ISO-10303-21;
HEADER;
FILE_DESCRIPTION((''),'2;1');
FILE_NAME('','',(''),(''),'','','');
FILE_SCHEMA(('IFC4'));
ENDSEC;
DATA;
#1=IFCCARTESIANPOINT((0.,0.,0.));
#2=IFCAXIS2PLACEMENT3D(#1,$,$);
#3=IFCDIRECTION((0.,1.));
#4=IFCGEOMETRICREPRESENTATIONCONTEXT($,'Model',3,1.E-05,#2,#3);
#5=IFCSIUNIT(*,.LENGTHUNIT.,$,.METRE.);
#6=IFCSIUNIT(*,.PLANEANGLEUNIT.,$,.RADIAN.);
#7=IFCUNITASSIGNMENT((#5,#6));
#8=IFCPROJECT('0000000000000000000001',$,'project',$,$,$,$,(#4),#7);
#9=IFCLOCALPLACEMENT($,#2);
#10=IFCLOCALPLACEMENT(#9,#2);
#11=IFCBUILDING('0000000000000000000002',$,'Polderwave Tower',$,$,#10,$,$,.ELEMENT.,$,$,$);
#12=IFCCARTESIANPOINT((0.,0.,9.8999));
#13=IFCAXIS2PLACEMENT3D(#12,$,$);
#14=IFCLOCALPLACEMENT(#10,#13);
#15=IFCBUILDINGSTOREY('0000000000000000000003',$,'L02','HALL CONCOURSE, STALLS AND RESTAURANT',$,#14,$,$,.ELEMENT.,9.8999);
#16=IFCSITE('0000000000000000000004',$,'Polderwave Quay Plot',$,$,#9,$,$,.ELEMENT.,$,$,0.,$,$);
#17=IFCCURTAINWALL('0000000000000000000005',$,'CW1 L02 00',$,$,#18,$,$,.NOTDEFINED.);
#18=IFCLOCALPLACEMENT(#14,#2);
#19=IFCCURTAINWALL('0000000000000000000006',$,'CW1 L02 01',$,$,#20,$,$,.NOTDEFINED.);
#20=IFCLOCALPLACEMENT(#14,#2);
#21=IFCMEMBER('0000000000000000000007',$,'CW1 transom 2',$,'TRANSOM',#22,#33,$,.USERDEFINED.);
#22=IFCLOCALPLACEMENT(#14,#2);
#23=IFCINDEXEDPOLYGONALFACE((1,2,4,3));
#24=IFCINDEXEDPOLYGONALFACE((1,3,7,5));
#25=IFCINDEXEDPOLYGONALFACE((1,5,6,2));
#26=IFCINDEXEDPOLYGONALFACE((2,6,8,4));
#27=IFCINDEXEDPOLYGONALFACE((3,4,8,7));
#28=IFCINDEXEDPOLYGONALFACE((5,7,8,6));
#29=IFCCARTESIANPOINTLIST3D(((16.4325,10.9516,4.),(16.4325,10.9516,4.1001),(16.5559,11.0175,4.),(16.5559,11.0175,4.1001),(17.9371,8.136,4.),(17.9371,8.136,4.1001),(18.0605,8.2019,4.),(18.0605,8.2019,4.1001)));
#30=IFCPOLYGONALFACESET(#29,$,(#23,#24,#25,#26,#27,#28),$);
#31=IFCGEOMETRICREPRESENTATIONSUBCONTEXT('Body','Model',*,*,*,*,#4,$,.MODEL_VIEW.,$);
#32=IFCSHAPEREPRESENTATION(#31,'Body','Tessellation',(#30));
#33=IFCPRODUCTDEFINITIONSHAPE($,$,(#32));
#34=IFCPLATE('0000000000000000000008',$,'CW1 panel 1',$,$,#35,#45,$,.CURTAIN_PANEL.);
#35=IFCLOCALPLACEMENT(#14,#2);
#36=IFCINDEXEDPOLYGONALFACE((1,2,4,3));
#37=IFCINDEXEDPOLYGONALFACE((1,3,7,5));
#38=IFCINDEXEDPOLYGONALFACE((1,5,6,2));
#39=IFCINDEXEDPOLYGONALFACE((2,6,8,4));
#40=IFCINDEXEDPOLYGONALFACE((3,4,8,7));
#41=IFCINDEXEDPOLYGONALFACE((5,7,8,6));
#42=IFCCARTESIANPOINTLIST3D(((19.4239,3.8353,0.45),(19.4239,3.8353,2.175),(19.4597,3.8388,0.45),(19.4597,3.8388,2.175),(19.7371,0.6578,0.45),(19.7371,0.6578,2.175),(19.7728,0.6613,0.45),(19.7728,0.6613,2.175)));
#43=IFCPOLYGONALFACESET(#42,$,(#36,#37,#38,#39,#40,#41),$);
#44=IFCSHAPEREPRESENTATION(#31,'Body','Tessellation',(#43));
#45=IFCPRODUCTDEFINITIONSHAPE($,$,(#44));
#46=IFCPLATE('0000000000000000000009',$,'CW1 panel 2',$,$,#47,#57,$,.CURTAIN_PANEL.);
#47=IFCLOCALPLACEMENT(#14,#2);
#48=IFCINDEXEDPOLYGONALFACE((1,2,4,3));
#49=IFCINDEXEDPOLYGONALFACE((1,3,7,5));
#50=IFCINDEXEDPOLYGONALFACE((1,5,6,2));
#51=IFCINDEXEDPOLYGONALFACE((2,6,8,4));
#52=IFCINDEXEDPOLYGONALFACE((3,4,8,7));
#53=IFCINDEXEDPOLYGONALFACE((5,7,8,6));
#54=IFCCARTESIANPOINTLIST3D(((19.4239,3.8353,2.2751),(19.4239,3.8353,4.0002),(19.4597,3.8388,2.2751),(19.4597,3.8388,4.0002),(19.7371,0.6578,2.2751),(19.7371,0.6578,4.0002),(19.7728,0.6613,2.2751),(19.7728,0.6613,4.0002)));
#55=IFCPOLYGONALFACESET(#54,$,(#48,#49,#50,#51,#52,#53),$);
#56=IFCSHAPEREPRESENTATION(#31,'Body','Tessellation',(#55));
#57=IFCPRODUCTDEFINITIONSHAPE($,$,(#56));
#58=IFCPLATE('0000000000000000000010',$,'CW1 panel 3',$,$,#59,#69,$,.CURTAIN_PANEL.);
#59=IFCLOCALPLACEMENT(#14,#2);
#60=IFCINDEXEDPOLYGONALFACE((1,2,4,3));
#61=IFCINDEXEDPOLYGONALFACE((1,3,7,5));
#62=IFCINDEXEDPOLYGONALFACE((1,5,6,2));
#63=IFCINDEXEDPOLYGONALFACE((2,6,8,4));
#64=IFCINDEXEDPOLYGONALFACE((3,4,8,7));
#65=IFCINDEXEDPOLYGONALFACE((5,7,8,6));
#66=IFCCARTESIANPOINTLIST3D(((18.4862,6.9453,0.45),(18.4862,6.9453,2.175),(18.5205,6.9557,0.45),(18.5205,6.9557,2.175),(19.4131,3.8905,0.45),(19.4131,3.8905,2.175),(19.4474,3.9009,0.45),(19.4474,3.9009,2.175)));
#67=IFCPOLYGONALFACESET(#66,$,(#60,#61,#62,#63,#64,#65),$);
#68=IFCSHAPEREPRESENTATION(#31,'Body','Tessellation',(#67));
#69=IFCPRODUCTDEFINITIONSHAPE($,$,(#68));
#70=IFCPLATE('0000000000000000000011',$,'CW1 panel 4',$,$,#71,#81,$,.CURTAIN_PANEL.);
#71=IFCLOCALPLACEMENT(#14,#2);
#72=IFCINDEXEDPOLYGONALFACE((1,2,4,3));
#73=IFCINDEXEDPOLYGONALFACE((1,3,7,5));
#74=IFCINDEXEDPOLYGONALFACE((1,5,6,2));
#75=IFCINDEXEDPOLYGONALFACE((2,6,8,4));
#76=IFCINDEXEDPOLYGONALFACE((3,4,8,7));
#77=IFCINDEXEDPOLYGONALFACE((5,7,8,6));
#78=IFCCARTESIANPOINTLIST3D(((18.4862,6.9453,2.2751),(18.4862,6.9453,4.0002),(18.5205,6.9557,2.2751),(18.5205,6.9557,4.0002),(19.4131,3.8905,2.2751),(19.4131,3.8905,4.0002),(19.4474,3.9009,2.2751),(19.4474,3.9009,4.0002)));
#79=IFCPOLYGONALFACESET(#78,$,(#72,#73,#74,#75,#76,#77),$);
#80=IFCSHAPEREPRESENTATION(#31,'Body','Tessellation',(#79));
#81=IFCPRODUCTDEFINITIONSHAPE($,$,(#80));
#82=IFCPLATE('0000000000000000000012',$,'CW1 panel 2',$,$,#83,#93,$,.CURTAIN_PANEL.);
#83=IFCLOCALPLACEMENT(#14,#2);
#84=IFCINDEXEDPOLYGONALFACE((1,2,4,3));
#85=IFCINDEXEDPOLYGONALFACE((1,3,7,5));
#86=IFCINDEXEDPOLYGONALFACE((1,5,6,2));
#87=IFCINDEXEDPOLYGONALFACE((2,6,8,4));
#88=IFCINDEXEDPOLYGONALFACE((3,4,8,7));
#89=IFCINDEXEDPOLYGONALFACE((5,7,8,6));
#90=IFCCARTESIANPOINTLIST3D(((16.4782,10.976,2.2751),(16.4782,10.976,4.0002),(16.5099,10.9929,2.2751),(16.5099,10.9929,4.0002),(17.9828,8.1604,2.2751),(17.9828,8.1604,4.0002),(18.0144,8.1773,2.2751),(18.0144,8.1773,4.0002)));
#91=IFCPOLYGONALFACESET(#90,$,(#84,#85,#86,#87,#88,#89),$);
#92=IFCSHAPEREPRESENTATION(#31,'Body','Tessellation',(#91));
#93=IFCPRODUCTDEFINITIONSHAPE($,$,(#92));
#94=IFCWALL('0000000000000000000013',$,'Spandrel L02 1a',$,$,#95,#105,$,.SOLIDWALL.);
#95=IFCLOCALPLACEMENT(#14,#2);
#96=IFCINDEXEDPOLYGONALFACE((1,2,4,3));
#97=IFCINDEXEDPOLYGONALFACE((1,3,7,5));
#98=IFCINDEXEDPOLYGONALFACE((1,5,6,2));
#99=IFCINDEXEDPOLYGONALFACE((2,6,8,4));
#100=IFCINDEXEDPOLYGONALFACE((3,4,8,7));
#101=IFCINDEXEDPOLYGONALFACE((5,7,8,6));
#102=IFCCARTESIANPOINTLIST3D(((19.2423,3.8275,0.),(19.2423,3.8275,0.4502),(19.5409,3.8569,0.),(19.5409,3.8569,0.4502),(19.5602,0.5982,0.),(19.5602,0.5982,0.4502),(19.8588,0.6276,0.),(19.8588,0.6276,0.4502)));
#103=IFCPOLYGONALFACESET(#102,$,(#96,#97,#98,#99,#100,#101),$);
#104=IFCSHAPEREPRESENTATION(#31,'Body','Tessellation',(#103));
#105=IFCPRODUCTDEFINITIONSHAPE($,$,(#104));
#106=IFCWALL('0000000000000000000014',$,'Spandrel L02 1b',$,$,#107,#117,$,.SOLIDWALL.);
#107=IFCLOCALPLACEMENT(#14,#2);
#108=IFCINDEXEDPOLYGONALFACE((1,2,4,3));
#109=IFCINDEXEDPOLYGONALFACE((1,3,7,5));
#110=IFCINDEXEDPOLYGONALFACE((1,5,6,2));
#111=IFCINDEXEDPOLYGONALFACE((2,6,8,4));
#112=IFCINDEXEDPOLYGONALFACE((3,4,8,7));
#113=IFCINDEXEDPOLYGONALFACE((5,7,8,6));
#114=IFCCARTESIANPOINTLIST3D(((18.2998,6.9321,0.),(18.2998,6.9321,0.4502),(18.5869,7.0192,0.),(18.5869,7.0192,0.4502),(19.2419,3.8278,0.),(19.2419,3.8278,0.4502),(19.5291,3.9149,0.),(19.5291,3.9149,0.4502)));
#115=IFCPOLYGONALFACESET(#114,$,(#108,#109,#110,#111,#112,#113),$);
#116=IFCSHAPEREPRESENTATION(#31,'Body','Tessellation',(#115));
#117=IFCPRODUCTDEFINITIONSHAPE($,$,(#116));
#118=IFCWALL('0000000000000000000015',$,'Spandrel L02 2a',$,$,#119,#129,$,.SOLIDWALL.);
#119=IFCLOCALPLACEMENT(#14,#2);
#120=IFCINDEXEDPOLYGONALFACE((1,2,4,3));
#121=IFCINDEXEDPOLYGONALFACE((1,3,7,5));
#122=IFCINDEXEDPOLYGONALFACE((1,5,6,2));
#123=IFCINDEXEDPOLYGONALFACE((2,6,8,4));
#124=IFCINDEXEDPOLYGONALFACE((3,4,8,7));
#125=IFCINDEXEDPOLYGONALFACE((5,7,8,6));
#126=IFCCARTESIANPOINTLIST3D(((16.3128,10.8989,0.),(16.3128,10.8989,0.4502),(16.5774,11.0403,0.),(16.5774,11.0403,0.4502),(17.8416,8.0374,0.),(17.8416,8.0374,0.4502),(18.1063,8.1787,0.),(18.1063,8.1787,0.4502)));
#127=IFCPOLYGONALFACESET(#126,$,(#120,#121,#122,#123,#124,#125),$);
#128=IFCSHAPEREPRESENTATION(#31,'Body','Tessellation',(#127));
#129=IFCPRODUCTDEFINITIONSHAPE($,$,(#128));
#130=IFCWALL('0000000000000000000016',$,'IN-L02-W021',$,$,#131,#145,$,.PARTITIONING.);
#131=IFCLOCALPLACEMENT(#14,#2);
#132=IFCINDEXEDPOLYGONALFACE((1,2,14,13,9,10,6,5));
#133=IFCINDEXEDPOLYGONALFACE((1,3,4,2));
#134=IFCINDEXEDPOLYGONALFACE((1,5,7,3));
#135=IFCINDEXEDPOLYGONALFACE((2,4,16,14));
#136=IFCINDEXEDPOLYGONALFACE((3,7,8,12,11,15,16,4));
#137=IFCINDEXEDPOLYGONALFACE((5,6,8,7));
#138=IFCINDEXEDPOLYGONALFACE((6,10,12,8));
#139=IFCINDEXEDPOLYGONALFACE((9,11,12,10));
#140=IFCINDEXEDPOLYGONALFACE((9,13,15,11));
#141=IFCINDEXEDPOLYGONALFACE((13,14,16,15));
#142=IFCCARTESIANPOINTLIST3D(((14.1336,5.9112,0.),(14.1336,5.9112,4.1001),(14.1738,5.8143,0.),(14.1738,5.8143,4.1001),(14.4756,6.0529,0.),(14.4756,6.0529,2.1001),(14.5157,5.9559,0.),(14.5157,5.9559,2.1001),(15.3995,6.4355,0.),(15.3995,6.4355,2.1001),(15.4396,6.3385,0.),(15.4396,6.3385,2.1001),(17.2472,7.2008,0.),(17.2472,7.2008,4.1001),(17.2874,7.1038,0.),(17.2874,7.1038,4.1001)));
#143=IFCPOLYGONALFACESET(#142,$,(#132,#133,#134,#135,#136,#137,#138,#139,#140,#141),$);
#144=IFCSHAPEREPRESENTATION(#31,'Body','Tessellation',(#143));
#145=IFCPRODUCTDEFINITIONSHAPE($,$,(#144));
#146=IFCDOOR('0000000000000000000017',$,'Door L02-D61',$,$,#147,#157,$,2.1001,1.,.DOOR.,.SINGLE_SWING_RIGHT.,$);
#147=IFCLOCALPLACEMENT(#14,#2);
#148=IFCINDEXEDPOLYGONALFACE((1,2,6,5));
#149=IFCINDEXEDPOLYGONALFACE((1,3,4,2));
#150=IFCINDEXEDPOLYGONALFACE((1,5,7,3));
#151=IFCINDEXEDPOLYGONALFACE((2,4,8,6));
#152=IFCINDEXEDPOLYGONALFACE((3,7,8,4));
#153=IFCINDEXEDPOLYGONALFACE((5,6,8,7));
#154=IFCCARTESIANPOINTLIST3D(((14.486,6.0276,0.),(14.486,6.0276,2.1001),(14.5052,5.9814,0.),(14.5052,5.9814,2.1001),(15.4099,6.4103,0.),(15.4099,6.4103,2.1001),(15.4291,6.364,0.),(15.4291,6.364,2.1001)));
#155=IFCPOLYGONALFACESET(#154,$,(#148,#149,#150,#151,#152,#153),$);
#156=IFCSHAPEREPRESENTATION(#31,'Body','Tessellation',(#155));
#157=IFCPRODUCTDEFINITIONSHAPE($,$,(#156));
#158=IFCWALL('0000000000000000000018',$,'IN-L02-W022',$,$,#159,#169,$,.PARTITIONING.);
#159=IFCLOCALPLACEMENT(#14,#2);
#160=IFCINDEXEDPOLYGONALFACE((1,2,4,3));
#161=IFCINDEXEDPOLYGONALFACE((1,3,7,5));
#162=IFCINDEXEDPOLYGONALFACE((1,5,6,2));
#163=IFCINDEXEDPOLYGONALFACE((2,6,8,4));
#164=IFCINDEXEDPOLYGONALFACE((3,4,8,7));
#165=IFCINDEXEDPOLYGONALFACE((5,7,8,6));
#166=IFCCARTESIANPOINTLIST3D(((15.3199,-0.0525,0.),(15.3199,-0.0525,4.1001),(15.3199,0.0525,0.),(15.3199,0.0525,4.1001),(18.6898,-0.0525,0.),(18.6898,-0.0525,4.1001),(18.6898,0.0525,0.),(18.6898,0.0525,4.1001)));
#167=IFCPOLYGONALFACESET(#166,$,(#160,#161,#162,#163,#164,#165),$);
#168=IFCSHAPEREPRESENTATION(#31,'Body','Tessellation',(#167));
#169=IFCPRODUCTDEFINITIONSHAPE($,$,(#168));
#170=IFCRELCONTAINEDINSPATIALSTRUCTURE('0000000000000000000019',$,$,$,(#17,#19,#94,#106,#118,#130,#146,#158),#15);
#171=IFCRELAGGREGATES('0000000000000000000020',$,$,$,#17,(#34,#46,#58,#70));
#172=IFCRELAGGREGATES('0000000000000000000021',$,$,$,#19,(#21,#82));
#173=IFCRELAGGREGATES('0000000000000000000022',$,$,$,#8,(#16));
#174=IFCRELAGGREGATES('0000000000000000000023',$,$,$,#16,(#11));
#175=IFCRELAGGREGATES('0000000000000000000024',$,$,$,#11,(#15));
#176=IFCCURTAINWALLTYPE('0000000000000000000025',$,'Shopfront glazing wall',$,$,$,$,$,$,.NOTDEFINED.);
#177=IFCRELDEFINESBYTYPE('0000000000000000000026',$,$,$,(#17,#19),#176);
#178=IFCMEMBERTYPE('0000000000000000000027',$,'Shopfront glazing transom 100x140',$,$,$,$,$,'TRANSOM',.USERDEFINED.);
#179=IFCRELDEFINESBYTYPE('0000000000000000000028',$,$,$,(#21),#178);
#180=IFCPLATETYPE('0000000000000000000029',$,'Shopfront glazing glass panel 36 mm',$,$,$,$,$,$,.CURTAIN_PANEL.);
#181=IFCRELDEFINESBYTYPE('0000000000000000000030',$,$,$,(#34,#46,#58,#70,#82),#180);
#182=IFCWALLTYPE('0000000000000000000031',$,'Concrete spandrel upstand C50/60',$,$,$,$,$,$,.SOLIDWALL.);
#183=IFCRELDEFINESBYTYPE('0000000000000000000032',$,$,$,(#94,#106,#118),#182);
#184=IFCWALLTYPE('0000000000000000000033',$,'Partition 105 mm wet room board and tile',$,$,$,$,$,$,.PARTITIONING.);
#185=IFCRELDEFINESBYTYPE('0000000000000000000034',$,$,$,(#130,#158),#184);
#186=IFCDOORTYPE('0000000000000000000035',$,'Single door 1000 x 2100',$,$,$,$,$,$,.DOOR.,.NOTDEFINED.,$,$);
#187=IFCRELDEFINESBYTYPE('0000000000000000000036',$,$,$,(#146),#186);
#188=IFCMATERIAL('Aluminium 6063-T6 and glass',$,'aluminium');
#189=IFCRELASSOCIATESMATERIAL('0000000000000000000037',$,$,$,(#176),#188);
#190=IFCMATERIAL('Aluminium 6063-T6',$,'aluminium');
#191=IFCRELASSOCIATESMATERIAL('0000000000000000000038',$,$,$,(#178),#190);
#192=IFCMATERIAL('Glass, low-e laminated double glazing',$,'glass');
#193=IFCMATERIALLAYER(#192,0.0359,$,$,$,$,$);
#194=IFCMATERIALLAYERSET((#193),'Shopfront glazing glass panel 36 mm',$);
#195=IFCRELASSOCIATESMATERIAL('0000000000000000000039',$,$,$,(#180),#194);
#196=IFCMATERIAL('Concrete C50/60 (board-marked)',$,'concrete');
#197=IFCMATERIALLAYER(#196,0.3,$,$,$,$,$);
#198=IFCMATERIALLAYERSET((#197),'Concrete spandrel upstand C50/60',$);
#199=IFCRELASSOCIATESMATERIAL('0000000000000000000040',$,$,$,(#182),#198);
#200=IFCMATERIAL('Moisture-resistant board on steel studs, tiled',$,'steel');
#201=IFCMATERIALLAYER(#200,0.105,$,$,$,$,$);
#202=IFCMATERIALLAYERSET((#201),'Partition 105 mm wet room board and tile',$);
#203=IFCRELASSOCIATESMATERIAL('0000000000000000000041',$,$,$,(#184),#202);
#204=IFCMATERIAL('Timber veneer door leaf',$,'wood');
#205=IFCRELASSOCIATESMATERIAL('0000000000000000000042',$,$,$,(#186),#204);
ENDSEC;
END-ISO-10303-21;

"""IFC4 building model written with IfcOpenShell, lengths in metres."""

from ifc_helpers import new_model, si_unit, direction, frame, frame_2d, origin, origin_2d, place, context, subcontext, project, spatial, rectangle, extrude, material, layer, layer_set, material_profile, profile_set, type_object, element, fill, aggregate, save


model = new_model("IFC4")

# Units and contexts
model_context = context("Model", 3, precision=1e-05, world=origin(), true_north=direction((0.0, 1.0)))
body_context = subcontext(model_context, "Body", "Model", "MODEL_VIEW")
ifc_project = project(units=[si_unit("LENGTHUNIT", "METRE"), si_unit("PLANEANGLEUNIT", "RADIAN")], contexts=[model_context])

# Site, building, storey
site_placement = place(None, origin())
site = spatial("IfcSite", under=ifc_project, at=site_placement, Name="Polderwave Quay Plot", CompositionType="ELEMENT", RefElevation=0.0)
building_placement = place(site_placement, origin())
building = spatial("IfcBuilding", under=site, at=building_placement, Name="Polderwave Tower", CompositionType="ELEMENT")
storey_placement = place(building_placement, frame((0.0, 0.0, 9.8999)))
storey = spatial("IfcBuildingStorey", under=building, at=storey_placement, Name="L02", Description="HALL CONCOURSE, STALLS AND RESTAURANT", CompositionType="ELEMENT", Elevation=9.8999)

# Curtain wall
ifc_material_1 = material(Name="Aluminium 6063-T6 and glass", Category="aluminium")
curtain_wall_type = type_object("IfcCurtainWallType", Name="Shopfront glazing wall", PredefinedType="NOTDEFINED", material=ifc_material_1)
curtain_wall_1_placement = place(storey_placement, origin())
curtain_wall_1 = element("IfcCurtainWall", 1, at=curtain_wall_1_placement, inside=storey, type_object=curtain_wall_type, Name="CW1 L02 00", PredefinedType="NOTDEFINED")
ifc_material_2 = material(Name="Aluminium 6063-T6", Category="aluminium")

# Curtain wall
curtain_wall_2_placement = place(storey_placement, origin())
curtain_wall_2 = element("IfcCurtainWall", 2, at=curtain_wall_2_placement, inside=storey, type_object=curtain_wall_type, Name="CW1 L02 01", PredefinedType="NOTDEFINED")

# Member
ifc_material_profile_1 = material_profile(ifc_material_2, rectangle(XDim=0.1399, YDim=0.1001, at=origin_2d()), Name="AL 100x140")
ifc_profile_set_1 = profile_set([ifc_material_profile_1], Name="Aluminium 6063-T6")
member_type_1 = type_object("IfcMemberType", Name="Shopfront glazing transom 100x140", ElementType="TRANSOM", PredefinedType="USERDEFINED", material=ifc_profile_set_1)
member_1_placement = place(storey_placement, frame((17.9988, 8.1689, 4.05), z_axis=(-0.471307, 0.881969, 0.0), x_axis=(-0.881969, -0.471307, 0.0)))
member_1 = element("IfcMember", 3, at=member_1_placement, type_object=member_type_1, Name="CW1 transom 2", ObjectType="TRANSOM", PredefinedType="USERDEFINED", context=body_context, shape_type="SweptSolid", body=[
    extrude(rectangle(XDim=0.1399, YDim=0.1001, at=origin_2d()), origin(), (0.0, 0.0, 1.0), 3.1924),
])

# Plates
ifc_material_3 = material(Name="Glass, low-e laminated double glazing", Category="glass")
ifc_layer_1 = layer(ifc_material_3, 0.0359)
ifc_layer_set_1 = layer_set([ifc_layer_1], Name="Shopfront glazing glass panel 36 mm")
plate_type = type_object("IfcPlateType", Name="Shopfront glazing glass panel 36 mm", PredefinedType="CURTAIN_PANEL", material=ifc_layer_set_1)
plate_1_placement = place(storey_placement, frame((19.5984, 2.2483, 0.45), z_axis=(0.0, 0.0, 1.0), x_axis=(-0.098087, 0.995178, 0.0)))
plate_1 = element("IfcPlate", 4, at=plate_1_placement, type_object=plate_type, Name="CW1 panel 1", PredefinedType="CURTAIN_PANEL", context=body_context, shape_type="SweptSolid", body=[
    extrude(rectangle(XDim=3.1929, YDim=0.0359, at=origin_2d()), origin(), (0.0, 0.0, 1.0), 1.7251),
])
plate_2_placement = place(storey_placement, frame((19.5984, 2.2483, 2.2751), z_axis=(0.0, 0.0, 1.0), x_axis=(-0.098087, 0.995178, 0.0)))
plate_2 = element("IfcPlate", 5, at=plate_2_placement, type_object=plate_type, Name="CW1 panel 2", PredefinedType="CURTAIN_PANEL", context=body_context, shape_type="SweptSolid", body=[
    extrude(rectangle(XDim=3.1929, YDim=0.0359, at=origin_2d()), origin(), (0.0, 0.0, 1.0), 1.7251),
])
plate_3_placement = place(storey_placement, frame((18.9668, 5.4231, 0.45), z_axis=(0.0, 0.0, 1.0), x_axis=(-0.290336, 0.956925, 0.0)))
plate_3 = element("IfcPlate", 6, at=plate_3_placement, type_object=plate_type, Name="CW1 panel 3", PredefinedType="CURTAIN_PANEL", context=body_context, shape_type="SweptSolid", body=[
    extrude(rectangle(XDim=3.1924, YDim=0.0359, at=origin_2d()), origin(), (0.0, 0.0, 1.0), 1.7251),
])
plate_4_placement = place(storey_placement, frame((18.9668, 5.4231, 2.2751), z_axis=(0.0, 0.0, 1.0), x_axis=(-0.290336, 0.956925, 0.0)))
plate_4 = element("IfcPlate", 7, at=plate_4_placement, type_object=plate_type, Name="CW1 panel 4", PredefinedType="CURTAIN_PANEL", context=body_context, shape_type="SweptSolid", body=[
    extrude(rectangle(XDim=3.1924, YDim=0.0359, at=origin_2d()), origin(), (0.0, 0.0, 1.0), 1.7251),
])
aggregate(curtain_wall_1, [plate_1, plate_2, plate_3, plate_4])
plate_5_placement = place(storey_placement, frame((17.2463, 9.5767, 2.2751), z_axis=(0.0, 0.0, 1.0), x_axis=(-0.4713, 0.881973, 0.0)))
plate_5 = element("IfcPlate", 8, at=plate_5_placement, type_object=plate_type, Name="CW1 panel 2", PredefinedType="CURTAIN_PANEL", context=body_context, shape_type="SweptSolid", body=[
    extrude(rectangle(XDim=3.1924, YDim=0.0359, at=origin_2d()), origin(), (0.0, 0.0, 1.0), 1.7251),
])
aggregate(curtain_wall_2, [member_1, plate_5])

# Walls
ifc_material_4 = material(Name="Concrete C50/60 (board-marked)", Category="concrete")
ifc_layer_2 = layer(ifc_material_4, 0.3)
ifc_layer_set_2 = layer_set([ifc_layer_2], Name="Concrete spandrel upstand C50/60")
wall_type_1 = type_object("IfcWallType", Name="Concrete spandrel upstand C50/60", PredefinedType="SOLIDWALL", material=ifc_layer_set_2)
wall_1_placement = place(storey_placement, frame((19.7095, 0.6128, 0.0), z_axis=(0.0, 0.0, 1.0), x_axis=(-0.097962, 0.99519, 0.0)))
element("IfcWall", 9, at=wall_1_placement, inside=storey, type_object=wall_type_1, Name="Spandrel L02 1a", PredefinedType="SOLIDWALL", context=body_context, shape_type="SweptSolid", body=[
    extrude(rectangle(XDim=3.2449, YDim=0.3, at=frame_2d((1.6226, 0.0))), origin(), (0.0, 0.0, 1.0), 0.4502),
])
wall_2_placement = place(storey_placement, frame((19.3855, 3.8713, 0.0), z_axis=(0.0, 0.0, 1.0), x_axis=(-0.290419, 0.9569, 0.0)))
element("IfcWall", 10, at=wall_2_placement, inside=storey, type_object=wall_type_1, Name="Spandrel L02 1b", PredefinedType="SOLIDWALL", context=body_context, shape_type="SweptSolid", body=[
    extrude(rectangle(XDim=3.2441, YDim=0.3, at=frame_2d((1.6221, 0.0))), origin(), (0.0, 0.0, 1.0), 0.4502),
])
wall_3_placement = place(storey_placement, frame((17.9739, 8.1082, 0.0), z_axis=(0.0, 0.0, 1.0), x_axis=(-0.471221, 0.882015, 0.0)))
element("IfcWall", 11, at=wall_3_placement, inside=storey, type_object=wall_type_1, Name="Spandrel L02 2a", PredefinedType="SOLIDWALL", context=body_context, shape_type="SweptSolid", body=[
    extrude(rectangle(XDim=3.2444, YDim=0.3, at=frame_2d((1.6221, 0.0))), origin(), (0.0, 0.0, 1.0), 0.4502),
])

# Wall, opening, door
ifc_material_5 = material(Name="Moisture-resistant board on steel studs, tiled", Category="steel")
ifc_layer_3 = layer(ifc_material_5, 0.105)
ifc_layer_set_3 = layer_set([ifc_layer_3], Name="Partition 105 mm wet room board and tile")
wall_type_2 = type_object("IfcWallType", Name="Partition 105 mm wet room board and tile", PredefinedType="PARTITIONING", material=ifc_layer_set_3)
wall_4_placement = place(storey_placement, frame((17.2673, 7.1523, 0.0), z_axis=(0.0, 0.0, 1.0), x_axis=(-0.923891, -0.382655, 0.0)))
wall_4 = element("IfcWall", 12, at=wall_4_placement, inside=storey, type_object=wall_type_2, Name="IN-L02-W021", PredefinedType="PARTITIONING", context=body_context, shape_type="SweptSolid", body=[
    extrude(rectangle(XDim=3.3701, YDim=0.105, at=frame_2d((1.6851, 0.0))), origin(), (0.0, 0.0, 1.0), 4.1001),
])
opening_placement = place(wall_4_placement, frame((2.0, 0.0, 0.0)))
opening = element("IfcOpeningElement", 13, at=opening_placement, cuts=wall_4, PredefinedType="OPENING", context=body_context, shape_type="SweptSolid", body=[
    extrude(rectangle(XDim=1.0, YDim=2.1001, at=frame_2d((0.5, 1.05))), frame((0.0, 0.0625, 0.0), z_axis=(0.0, -1.0, 0.0), x_axis=(1.0, 0.0, 0.0)), (0.0, 0.0, 1.0), 0.125),
])
ifc_material_6 = material(Name="Timber veneer door leaf", Category="wood")
door_type = type_object("IfcDoorType", Name="Single door 1000 x 2100", OperationType="NOTDEFINED", PredefinedType="DOOR", material=ifc_material_6)
door_placement = place(opening_placement, origin())
door = element("IfcDoor", 14, at=door_placement, inside=storey, type_object=door_type, Name="Door L02-D61", OperationType="SINGLE_SWING_RIGHT", OverallHeight=2.1001, OverallWidth=1.0, PredefinedType="DOOR", context=body_context, shape_type="SweptSolid", body=[
    extrude(rectangle(XDim=1.0, YDim=2.1001, at=frame_2d((0.5, 1.05))), frame((0.0, 0.0249, 0.0), z_axis=(0.0, -1.0, 0.0), x_axis=(1.0, 0.0, 0.0)), (0.0, 0.0, 1.0), 0.05),
])
fill(opening, door)

# Wall
wall_5_placement = place(storey_placement, frame((18.6899, 0.0, 0.0), z_axis=(0.0, 0.0, 1.0), x_axis=(-1.0, 0.0, 0.0)))
element("IfcWall", 15, at=wall_5_placement, inside=storey, type_object=wall_type_2, Name="IN-L02-W022", PredefinedType="PARTITIONING", context=body_context, shape_type="SweptSolid", body=[
    extrude(rectangle(XDim=3.3699, YDim=0.105, at=frame_2d((1.6851, 0.0))), origin(), (0.0, 0.0, 1.0), 4.1001),
])

save(model, "model.ifc")
